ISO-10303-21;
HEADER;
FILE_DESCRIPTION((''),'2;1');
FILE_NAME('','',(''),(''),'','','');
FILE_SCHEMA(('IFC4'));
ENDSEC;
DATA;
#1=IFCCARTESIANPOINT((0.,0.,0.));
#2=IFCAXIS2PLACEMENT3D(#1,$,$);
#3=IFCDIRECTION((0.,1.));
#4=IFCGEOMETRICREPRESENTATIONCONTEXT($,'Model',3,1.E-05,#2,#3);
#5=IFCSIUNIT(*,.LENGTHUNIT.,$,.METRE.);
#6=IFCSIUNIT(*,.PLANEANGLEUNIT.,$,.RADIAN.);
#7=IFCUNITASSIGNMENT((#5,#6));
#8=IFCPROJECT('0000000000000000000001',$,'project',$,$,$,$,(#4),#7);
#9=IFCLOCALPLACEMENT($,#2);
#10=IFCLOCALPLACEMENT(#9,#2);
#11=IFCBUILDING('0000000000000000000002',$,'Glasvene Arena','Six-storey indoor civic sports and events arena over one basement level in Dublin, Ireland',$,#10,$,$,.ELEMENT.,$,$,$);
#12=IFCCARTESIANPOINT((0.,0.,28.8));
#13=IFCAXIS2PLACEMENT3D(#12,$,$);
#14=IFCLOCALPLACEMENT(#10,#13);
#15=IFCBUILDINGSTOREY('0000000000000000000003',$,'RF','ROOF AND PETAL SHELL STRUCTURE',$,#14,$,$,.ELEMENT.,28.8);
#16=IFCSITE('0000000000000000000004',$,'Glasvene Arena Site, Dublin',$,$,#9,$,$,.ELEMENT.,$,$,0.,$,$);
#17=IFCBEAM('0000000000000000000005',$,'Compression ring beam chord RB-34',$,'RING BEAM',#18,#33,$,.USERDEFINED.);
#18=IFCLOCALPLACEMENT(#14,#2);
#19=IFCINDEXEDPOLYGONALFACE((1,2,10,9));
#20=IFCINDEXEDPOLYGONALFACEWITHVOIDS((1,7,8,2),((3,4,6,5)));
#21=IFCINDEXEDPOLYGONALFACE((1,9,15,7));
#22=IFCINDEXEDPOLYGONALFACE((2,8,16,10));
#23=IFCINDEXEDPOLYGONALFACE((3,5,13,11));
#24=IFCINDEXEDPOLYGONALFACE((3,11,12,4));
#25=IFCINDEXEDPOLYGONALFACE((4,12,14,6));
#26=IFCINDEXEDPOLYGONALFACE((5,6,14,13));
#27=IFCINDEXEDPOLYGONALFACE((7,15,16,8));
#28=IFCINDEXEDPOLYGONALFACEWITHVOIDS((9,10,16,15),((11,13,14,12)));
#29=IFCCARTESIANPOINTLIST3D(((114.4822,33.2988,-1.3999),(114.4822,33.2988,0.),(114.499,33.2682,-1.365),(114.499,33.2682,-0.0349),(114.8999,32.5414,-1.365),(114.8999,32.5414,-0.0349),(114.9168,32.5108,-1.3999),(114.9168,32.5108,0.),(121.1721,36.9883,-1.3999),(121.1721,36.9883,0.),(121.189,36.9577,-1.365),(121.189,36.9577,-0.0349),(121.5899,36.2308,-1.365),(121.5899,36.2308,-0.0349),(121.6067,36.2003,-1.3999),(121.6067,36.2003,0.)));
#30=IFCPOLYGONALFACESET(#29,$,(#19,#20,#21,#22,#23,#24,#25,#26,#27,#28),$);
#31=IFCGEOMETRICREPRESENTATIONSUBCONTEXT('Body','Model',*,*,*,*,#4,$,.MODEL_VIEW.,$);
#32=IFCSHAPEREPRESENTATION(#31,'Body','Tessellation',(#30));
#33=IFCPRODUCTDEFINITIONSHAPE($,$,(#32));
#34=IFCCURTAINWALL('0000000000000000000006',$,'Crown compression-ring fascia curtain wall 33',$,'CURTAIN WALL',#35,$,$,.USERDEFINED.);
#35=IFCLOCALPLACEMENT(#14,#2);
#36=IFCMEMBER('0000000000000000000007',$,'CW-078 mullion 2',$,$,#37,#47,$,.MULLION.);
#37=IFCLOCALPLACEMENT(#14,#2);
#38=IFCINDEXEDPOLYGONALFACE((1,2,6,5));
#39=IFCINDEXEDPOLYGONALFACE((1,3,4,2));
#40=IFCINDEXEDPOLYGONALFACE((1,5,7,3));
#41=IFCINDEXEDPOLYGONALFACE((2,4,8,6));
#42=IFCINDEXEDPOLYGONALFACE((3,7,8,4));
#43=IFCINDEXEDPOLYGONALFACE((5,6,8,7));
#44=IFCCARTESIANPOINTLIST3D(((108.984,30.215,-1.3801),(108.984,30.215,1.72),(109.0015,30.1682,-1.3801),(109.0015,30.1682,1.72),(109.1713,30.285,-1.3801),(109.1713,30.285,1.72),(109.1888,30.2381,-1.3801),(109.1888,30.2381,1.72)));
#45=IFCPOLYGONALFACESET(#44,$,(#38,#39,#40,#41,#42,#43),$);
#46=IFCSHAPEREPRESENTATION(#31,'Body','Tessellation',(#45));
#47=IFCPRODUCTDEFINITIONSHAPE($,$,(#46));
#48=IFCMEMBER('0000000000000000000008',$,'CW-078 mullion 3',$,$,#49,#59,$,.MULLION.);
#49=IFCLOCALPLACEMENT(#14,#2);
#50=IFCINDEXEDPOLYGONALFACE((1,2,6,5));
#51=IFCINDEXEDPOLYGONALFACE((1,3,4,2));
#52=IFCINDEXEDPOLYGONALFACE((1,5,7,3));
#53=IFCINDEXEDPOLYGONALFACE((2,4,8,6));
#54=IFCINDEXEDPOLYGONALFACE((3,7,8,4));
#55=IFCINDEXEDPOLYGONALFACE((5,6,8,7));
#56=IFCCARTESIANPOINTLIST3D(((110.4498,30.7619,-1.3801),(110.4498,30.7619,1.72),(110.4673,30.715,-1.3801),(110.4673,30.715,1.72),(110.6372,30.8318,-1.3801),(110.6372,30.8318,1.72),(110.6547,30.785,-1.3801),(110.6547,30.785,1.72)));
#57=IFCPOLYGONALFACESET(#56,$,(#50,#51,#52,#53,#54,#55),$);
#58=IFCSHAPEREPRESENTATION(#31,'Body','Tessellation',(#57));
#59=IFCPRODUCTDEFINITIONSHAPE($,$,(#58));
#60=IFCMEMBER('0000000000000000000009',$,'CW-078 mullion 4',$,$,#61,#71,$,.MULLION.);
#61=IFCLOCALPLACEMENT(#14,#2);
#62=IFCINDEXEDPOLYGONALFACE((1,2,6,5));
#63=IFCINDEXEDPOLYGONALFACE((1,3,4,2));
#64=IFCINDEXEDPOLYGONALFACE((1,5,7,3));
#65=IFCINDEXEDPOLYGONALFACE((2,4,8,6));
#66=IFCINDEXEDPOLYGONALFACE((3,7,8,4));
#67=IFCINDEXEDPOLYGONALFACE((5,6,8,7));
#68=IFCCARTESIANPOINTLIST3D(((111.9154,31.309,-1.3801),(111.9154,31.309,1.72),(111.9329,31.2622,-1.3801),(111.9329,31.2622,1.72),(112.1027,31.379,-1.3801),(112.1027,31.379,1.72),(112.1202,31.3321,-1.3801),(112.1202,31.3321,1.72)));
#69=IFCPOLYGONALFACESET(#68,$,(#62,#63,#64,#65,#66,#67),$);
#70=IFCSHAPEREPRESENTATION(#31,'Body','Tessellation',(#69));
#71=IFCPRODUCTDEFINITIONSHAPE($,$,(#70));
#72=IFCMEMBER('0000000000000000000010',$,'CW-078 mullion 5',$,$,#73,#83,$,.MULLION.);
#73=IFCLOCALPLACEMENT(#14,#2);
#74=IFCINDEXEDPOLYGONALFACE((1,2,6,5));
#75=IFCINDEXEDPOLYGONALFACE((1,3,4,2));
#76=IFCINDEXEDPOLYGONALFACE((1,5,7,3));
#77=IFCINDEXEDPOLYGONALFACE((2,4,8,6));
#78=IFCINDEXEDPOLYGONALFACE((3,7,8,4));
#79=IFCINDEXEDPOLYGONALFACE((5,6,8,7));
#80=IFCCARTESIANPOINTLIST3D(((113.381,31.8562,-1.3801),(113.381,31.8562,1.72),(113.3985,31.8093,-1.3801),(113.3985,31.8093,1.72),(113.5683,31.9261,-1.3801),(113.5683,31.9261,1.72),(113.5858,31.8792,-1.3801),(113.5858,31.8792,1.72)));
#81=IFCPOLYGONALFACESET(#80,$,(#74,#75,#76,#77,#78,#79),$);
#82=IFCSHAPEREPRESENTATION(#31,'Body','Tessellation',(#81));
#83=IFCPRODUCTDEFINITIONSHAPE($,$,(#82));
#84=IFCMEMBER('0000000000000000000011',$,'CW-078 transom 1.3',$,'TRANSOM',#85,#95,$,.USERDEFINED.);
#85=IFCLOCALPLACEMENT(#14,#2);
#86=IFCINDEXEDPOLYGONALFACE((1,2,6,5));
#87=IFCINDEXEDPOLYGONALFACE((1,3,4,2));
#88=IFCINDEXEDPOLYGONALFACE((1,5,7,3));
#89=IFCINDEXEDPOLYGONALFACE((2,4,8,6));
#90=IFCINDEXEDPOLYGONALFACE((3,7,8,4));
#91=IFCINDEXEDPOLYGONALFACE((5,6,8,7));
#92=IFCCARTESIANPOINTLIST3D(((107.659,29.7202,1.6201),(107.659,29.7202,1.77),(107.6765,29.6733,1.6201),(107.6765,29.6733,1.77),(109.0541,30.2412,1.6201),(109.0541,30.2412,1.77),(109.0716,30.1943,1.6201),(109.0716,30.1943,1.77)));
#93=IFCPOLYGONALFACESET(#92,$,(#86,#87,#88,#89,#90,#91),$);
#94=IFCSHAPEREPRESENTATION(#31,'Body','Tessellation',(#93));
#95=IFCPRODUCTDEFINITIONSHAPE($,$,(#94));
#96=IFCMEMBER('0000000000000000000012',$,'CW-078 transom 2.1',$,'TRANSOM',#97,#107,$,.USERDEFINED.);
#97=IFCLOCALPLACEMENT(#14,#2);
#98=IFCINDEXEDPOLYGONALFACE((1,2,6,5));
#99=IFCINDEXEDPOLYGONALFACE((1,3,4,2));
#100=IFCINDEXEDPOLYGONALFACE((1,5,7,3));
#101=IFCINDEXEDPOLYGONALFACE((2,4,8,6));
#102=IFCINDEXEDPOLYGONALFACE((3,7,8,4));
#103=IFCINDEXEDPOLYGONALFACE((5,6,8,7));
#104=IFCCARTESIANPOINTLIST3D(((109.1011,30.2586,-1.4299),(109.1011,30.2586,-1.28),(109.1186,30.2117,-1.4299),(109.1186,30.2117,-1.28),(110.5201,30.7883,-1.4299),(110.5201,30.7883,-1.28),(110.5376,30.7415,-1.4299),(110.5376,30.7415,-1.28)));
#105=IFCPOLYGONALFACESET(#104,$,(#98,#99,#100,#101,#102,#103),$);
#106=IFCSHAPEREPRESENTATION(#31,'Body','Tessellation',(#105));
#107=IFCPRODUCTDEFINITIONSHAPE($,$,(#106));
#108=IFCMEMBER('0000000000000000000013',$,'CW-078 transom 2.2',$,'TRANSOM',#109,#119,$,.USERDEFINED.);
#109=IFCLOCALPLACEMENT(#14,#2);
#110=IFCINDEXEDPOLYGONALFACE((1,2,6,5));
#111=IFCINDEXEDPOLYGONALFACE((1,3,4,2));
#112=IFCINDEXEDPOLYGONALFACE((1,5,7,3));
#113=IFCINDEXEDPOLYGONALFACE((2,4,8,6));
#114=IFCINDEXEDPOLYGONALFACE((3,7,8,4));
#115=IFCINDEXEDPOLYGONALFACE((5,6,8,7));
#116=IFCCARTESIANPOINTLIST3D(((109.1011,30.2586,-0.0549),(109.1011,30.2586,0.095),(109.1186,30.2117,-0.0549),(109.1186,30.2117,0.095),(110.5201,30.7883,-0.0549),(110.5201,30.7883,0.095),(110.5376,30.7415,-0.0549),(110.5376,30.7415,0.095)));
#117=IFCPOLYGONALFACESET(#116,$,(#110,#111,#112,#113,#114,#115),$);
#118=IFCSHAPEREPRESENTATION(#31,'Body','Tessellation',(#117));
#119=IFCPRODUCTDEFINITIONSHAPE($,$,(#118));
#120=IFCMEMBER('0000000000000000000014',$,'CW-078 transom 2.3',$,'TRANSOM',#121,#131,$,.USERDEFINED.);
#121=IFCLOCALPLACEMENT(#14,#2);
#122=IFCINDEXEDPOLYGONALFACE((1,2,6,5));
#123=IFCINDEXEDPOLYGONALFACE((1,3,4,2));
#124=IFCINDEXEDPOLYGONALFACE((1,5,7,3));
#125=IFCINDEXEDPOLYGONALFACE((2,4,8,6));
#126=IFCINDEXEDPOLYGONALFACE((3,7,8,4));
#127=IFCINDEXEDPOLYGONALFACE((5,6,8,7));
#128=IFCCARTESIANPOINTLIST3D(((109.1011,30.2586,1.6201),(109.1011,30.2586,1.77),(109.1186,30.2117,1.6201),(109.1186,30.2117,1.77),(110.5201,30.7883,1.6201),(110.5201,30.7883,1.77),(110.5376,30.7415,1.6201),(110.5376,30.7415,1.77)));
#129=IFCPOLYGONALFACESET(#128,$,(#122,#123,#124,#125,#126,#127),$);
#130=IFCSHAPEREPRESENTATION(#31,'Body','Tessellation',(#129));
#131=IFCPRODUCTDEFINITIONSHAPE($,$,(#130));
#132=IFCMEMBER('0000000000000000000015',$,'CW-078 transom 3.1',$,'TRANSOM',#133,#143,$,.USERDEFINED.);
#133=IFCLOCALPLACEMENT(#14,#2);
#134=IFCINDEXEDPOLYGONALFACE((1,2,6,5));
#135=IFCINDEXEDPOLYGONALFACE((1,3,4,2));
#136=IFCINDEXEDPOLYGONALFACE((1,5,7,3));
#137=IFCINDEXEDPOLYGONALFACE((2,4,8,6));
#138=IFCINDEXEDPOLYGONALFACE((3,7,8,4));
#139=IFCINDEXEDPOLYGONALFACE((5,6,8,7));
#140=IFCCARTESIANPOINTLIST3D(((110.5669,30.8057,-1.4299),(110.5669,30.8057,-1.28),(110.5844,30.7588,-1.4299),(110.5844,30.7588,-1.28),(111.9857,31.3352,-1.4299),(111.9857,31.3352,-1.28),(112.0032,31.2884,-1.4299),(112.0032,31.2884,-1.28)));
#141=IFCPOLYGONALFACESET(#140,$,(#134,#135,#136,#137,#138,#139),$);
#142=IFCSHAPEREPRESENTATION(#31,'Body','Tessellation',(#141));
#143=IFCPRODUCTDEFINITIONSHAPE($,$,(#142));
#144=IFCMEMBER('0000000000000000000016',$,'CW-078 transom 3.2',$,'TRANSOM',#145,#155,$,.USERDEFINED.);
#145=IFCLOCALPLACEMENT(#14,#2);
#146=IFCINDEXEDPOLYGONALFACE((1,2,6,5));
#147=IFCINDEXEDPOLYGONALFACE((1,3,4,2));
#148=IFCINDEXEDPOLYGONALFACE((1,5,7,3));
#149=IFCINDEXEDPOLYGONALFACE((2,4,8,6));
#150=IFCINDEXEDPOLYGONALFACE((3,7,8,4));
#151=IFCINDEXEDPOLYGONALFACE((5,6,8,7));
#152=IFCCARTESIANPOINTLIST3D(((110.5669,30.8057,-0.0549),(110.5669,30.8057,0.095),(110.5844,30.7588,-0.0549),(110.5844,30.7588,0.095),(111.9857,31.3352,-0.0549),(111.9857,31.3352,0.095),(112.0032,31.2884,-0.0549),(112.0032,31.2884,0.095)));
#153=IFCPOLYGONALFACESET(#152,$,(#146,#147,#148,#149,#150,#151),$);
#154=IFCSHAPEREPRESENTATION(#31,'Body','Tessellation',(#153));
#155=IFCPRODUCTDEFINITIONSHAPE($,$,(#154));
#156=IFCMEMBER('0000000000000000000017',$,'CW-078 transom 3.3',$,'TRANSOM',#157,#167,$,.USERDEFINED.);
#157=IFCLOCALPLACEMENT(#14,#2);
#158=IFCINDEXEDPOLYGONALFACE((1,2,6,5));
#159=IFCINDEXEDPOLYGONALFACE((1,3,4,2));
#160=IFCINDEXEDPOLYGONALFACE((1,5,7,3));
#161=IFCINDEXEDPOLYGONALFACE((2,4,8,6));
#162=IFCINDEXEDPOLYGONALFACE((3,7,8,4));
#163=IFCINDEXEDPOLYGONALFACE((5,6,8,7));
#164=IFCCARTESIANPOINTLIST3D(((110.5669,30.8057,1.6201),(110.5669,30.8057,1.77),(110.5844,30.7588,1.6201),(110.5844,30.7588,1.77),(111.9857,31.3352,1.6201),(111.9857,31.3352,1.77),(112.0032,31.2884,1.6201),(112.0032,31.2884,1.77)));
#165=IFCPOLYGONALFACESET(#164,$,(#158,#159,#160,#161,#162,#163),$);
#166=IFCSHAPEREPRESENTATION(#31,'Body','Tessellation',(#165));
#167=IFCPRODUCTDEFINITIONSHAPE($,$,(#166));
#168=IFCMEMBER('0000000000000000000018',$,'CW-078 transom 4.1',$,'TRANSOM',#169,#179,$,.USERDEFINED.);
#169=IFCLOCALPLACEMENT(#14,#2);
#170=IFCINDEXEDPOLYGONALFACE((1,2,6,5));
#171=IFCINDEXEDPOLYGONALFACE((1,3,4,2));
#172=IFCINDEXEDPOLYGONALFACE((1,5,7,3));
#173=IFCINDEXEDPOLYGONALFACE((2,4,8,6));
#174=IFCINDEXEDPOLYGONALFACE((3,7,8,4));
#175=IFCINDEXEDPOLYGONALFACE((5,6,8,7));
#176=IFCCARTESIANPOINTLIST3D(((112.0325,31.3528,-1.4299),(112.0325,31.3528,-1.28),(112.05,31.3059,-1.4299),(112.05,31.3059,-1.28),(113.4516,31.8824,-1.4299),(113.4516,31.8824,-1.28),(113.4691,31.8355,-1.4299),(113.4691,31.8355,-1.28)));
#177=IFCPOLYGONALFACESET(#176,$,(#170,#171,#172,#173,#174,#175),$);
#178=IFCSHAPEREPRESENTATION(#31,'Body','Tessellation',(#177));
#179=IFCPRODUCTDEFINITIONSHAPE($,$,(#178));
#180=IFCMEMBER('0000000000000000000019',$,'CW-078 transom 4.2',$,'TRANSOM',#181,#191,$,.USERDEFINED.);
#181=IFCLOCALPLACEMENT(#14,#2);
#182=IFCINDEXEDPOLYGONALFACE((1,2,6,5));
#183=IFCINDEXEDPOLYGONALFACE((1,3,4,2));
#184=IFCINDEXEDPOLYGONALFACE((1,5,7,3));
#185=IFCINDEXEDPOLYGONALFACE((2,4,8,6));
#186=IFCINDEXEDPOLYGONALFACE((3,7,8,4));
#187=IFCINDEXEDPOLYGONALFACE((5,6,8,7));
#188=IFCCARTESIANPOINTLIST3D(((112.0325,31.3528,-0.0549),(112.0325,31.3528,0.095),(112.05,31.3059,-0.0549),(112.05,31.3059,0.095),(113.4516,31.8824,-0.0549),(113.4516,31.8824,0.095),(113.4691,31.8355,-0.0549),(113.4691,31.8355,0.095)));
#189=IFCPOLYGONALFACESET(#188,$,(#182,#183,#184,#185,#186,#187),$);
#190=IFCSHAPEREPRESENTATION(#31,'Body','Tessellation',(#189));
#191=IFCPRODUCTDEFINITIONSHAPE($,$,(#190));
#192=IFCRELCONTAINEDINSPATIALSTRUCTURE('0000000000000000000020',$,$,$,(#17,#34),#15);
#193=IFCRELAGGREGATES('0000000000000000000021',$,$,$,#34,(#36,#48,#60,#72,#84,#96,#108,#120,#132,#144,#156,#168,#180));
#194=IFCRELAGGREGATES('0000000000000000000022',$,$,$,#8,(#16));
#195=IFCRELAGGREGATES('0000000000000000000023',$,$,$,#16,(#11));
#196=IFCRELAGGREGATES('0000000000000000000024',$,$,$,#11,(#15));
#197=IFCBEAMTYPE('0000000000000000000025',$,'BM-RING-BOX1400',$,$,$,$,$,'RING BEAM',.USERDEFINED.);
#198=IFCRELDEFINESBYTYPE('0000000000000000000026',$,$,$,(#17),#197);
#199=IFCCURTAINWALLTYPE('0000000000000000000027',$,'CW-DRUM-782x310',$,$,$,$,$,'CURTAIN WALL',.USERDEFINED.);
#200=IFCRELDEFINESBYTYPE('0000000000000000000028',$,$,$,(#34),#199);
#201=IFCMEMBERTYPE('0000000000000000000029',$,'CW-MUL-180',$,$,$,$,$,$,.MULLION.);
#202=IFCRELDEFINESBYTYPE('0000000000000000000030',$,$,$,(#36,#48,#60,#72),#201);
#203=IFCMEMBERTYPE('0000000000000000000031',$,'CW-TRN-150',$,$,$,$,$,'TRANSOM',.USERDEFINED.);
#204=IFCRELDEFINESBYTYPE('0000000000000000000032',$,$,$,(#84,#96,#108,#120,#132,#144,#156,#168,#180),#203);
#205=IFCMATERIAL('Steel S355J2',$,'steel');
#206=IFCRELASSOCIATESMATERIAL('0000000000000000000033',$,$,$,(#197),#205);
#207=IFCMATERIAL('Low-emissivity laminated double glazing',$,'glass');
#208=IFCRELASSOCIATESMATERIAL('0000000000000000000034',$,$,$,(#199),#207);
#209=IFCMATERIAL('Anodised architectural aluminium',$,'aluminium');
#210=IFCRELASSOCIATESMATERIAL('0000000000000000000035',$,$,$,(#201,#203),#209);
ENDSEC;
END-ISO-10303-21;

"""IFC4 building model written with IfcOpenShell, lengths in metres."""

from ifc_helpers import new_model, si_unit, direction, frame, origin, origin_2d, place, context, subcontext, project, spatial, rectangle, hollow_rectangle, extrude, material, material_profile, profile_set, type_object, element, aggregate, save


model = new_model("IFC4")

# Units and contexts
model_context = context("Model", 3, precision=1e-05, world=origin(), true_north=direction((0.0, 1.0)))
body_context = subcontext(model_context, "Body", "Model", "MODEL_VIEW")
ifc_project = project(units=[si_unit("LENGTHUNIT", "METRE"), si_unit("PLANEANGLEUNIT", "RADIAN")], contexts=[model_context])

# Site, building, storey
site_placement = place(None, origin())
site = spatial("IfcSite", under=ifc_project, at=site_placement, Name="Glasvene Arena Site, Dublin", CompositionType="ELEMENT", RefElevation=0.0)
building_placement = place(site_placement, origin())
building = spatial("IfcBuilding", under=site, at=building_placement, Name="Glasvene Arena", Description="Six-storey indoor civic sports and events arena over one basement level in Dublin, Ireland", CompositionType="ELEMENT")
storey_placement = place(building_placement, frame((0.0, 0.0, 28.8)))
storey = spatial("IfcBuildingStorey", under=building, at=storey_placement, Name="RF", Description="ROOF AND PETAL SHELL STRUCTURE", CompositionType="ELEMENT", Elevation=28.8)

# Beam
ifc_material_1 = material(Name="Steel S355J2", Category="steel")
ifc_material_profile_1 = material_profile(ifc_material_1, hollow_rectangle(XDim=0.8999, YDim=1.3999, WallThickness=0.0349, at=origin_2d()), Name="WBOX 900x1400x35")
ifc_profile_set_1 = profile_set([ifc_material_profile_1], Name="Steel S355J2")
beam_type = type_object("IfcBeamType", Name="BM-RING-BOX1400", ElementType="RING BEAM", PredefinedType="USERDEFINED", material=ifc_profile_set_1)
beam_placement = place(storey_placement, frame((114.6995, 32.9048, -0.7), z_axis=(0.875663, 0.482922, 0.0), x_axis=(-0.482922, 0.875663, 0.0)))
element("IfcBeam", 1, at=beam_placement, inside=storey, type_object=beam_type, Name="Compression ring beam chord RB-34", ObjectType="RING BEAM", PredefinedType="USERDEFINED", context=body_context, shape_type="SweptSolid", body=[
    extrude(hollow_rectangle(XDim=0.8999, YDim=1.3999, WallThickness=0.0349, at=origin_2d()), origin(), (0.0, 0.0, 1.0), 7.6399),
])

# Curtain wall, members
ifc_material_2 = material(Name="Low-emissivity laminated double glazing", Category="glass")
curtain_wall_type = type_object("IfcCurtainWallType", Name="CW-DRUM-782x310", ElementType="CURTAIN WALL", PredefinedType="USERDEFINED", material=ifc_material_2)
curtain_wall_placement = place(storey_placement, frame((107.6208, 29.6794, 0.0)))
curtain_wall = element("IfcCurtainWall", 2, at=curtain_wall_placement, inside=storey, type_object=curtain_wall_type, Name="Crown compression-ring fascia curtain wall 33", ObjectType="CURTAIN WALL", PredefinedType="USERDEFINED")
ifc_material_3 = material(Name="Anodised architectural aluminium", Category="aluminium")
ifc_material_profile_2 = material_profile(ifc_material_3, rectangle(XDim=0.05, YDim=0.2, at=origin_2d()), Name="ALU MULLION 50x200")
ifc_profile_set_2 = profile_set([ifc_material_profile_2], Name="Anodised architectural aluminium")
member_type_1 = type_object("IfcMemberType", Name="CW-MUL-180", PredefinedType="MULLION", material=ifc_profile_set_2)
member_1_placement = place(storey_placement, frame((109.0864, 30.2266, -1.3801), z_axis=(0.0, 0.0, 1.0), x_axis=(-0.349683, 0.936868, 0.0)))
member_1 = element("IfcMember", 3, at=member_1_placement, type_object=member_type_1, Name="CW-078 mullion 2", PredefinedType="MULLION", context=body_context, shape_type="SweptSolid", body=[
    extrude(rectangle(XDim=0.05, YDim=0.2, at=origin_2d()), origin(), (0.0, 0.0, 1.0), 3.1001),
])
member_2_placement = place(storey_placement, frame((110.5522, 30.7734, -1.3801), z_axis=(0.0, 0.0, 1.0), x_axis=(-0.349683, 0.936868, 0.0)))
member_2 = element("IfcMember", 4, at=member_2_placement, type_object=member_type_1, Name="CW-078 mullion 3", PredefinedType="MULLION", context=body_context, shape_type="SweptSolid", body=[
    extrude(rectangle(XDim=0.05, YDim=0.2, at=origin_2d()), origin(), (0.0, 0.0, 1.0), 3.1001),
])
member_3_placement = place(storey_placement, frame((112.0178, 31.3206, -1.3801), z_axis=(0.0, 0.0, 1.0), x_axis=(-0.349683, 0.936868, 0.0)))
member_3 = element("IfcMember", 5, at=member_3_placement, type_object=member_type_1, Name="CW-078 mullion 4", PredefinedType="MULLION", context=body_context, shape_type="SweptSolid", body=[
    extrude(rectangle(XDim=0.05, YDim=0.2, at=origin_2d()), origin(), (0.0, 0.0, 1.0), 3.1001),
])
member_4_placement = place(storey_placement, frame((113.4834, 31.8677, -1.3801), z_axis=(0.0, 0.0, 1.0), x_axis=(-0.349683, 0.936868, 0.0)))
member_4 = element("IfcMember", 6, at=member_4_placement, type_object=member_type_1, Name="CW-078 mullion 5", PredefinedType="MULLION", context=body_context, shape_type="SweptSolid", body=[
    extrude(rectangle(XDim=0.05, YDim=0.2, at=origin_2d()), origin(), (0.0, 0.0, 1.0), 3.1001),
])
ifc_material_profile_3 = material_profile(ifc_material_3, rectangle(XDim=0.05, YDim=0.1499, at=origin_2d()), Name="ALU TRANSOM 50x150")
ifc_profile_set_3 = profile_set([ifc_material_profile_3], Name="Anodised architectural aluminium")
member_type_2 = type_object("IfcMemberType", Name="CW-TRN-150", ElementType="TRANSOM", PredefinedType="USERDEFINED", material=ifc_profile_set_3)
member_5_placement = place(storey_placement, frame((107.6677, 29.6968, 1.6951), z_axis=(0.93682, 0.349812, 0.0), x_axis=(-0.349812, 0.93682, 0.0)))
member_5 = element("IfcMember", 7, at=member_5_placement, type_object=member_type_2, Name="CW-078 transom 1.3", ObjectType="TRANSOM", PredefinedType="USERDEFINED", context=body_context, shape_type="SweptSolid", body=[
    extrude(rectangle(XDim=0.05, YDim=0.1499, at=origin_2d()), origin(), (0.0, 0.0, 1.0), 1.4893),
])
member_6_placement = place(storey_placement, frame((109.1099, 30.2351, -1.355), z_axis=(0.936832, 0.349781, 0.0), x_axis=(-0.349781, 0.936832, 0.0)))
member_6 = element("IfcMember", 8, at=member_6_placement, type_object=member_type_2, Name="CW-078 transom 2.1", ObjectType="TRANSOM", PredefinedType="USERDEFINED", context=body_context, shape_type="SweptSolid", body=[
    extrude(rectangle(XDim=0.05, YDim=0.1499, at=origin_2d()), origin(), (0.0, 0.0, 1.0), 1.5146),
])
member_7_placement = place(storey_placement, frame((109.1099, 30.2351, 0.02), z_axis=(0.936832, 0.349781, 0.0), x_axis=(-0.349781, 0.936832, 0.0)))
member_7 = element("IfcMember", 9, at=member_7_placement, type_object=member_type_2, Name="CW-078 transom 2.2", ObjectType="TRANSOM", PredefinedType="USERDEFINED", context=body_context, shape_type="SweptSolid", body=[
    extrude(rectangle(XDim=0.05, YDim=0.1499, at=origin_2d()), origin(), (0.0, 0.0, 1.0), 1.5146),
])
member_8_placement = place(storey_placement, frame((109.1099, 30.2351, 1.6951), z_axis=(0.936832, 0.349781, 0.0), x_axis=(-0.349781, 0.936832, 0.0)))
member_8 = element("IfcMember", 10, at=member_8_placement, type_object=member_type_2, Name="CW-078 transom 2.3", ObjectType="TRANSOM", PredefinedType="USERDEFINED", context=body_context, shape_type="SweptSolid", body=[
    extrude(rectangle(XDim=0.05, YDim=0.1499, at=origin_2d()), origin(), (0.0, 0.0, 1.0), 1.5146),
])
member_9_placement = place(storey_placement, frame((110.5757, 30.7822, -1.355), z_axis=(0.936865, 0.349692, 0.0), x_axis=(-0.349692, 0.936865, 0.0)))
member_9 = element("IfcMember", 11, at=member_9_placement, type_object=member_type_2, Name="CW-078 transom 3.1", ObjectType="TRANSOM", PredefinedType="USERDEFINED", context=body_context, shape_type="SweptSolid", body=[
    extrude(rectangle(XDim=0.05, YDim=0.1499, at=origin_2d()), origin(), (0.0, 0.0, 1.0), 1.5144),
])
member_10_placement = place(storey_placement, frame((110.5757, 30.7822, 0.02), z_axis=(0.936865, 0.349692, 0.0), x_axis=(-0.349692, 0.936865, 0.0)))
member_10 = element("IfcMember", 12, at=member_10_placement, type_object=member_type_2, Name="CW-078 transom 3.2", ObjectType="TRANSOM", PredefinedType="USERDEFINED", context=body_context, shape_type="SweptSolid", body=[
    extrude(rectangle(XDim=0.05, YDim=0.1499, at=origin_2d()), origin(), (0.0, 0.0, 1.0), 1.5144),
])
member_11_placement = place(storey_placement, frame((110.5757, 30.7822, 1.6951), z_axis=(0.936865, 0.349692, 0.0), x_axis=(-0.349692, 0.936865, 0.0)))
member_11 = element("IfcMember", 13, at=member_11_placement, type_object=member_type_2, Name="CW-078 transom 3.3", ObjectType="TRANSOM", PredefinedType="USERDEFINED", context=body_context, shape_type="SweptSolid", body=[
    extrude(rectangle(XDim=0.05, YDim=0.1499, at=origin_2d()), origin(), (0.0, 0.0, 1.0), 1.5144),
])
member_12_placement = place(storey_placement, frame((112.0413, 31.3293, -1.355), z_axis=(0.936884, 0.349639, 0.0), x_axis=(-0.349639, 0.936884, 0.0)))
member_12 = element("IfcMember", 14, at=member_12_placement, type_object=member_type_2, Name="CW-078 transom 4.1", ObjectType="TRANSOM", PredefinedType="USERDEFINED", context=body_context, shape_type="SweptSolid", body=[
    extrude(rectangle(XDim=0.05, YDim=0.1499, at=origin_2d()), origin(), (0.0, 0.0, 1.0), 1.5146),
])
member_13_placement = place(storey_placement, frame((112.0413, 31.3293, 0.02), z_axis=(0.936884, 0.349639, 0.0), x_axis=(-0.349639, 0.936884, 0.0)))
member_13 = element("IfcMember", 15, at=member_13_placement, type_object=member_type_2, Name="CW-078 transom 4.2", ObjectType="TRANSOM", PredefinedType="USERDEFINED", context=body_context, shape_type="SweptSolid", body=[
    extrude(rectangle(XDim=0.05, YDim=0.1499, at=origin_2d()), origin(), (0.0, 0.0, 1.0), 1.5146),
])

aggregate(curtain_wall, [member_1, member_2, member_3, member_4, member_5, member_6, member_7, member_8, member_9, member_10, member_11, member_12, member_13])

save(model, "model.ifc")
